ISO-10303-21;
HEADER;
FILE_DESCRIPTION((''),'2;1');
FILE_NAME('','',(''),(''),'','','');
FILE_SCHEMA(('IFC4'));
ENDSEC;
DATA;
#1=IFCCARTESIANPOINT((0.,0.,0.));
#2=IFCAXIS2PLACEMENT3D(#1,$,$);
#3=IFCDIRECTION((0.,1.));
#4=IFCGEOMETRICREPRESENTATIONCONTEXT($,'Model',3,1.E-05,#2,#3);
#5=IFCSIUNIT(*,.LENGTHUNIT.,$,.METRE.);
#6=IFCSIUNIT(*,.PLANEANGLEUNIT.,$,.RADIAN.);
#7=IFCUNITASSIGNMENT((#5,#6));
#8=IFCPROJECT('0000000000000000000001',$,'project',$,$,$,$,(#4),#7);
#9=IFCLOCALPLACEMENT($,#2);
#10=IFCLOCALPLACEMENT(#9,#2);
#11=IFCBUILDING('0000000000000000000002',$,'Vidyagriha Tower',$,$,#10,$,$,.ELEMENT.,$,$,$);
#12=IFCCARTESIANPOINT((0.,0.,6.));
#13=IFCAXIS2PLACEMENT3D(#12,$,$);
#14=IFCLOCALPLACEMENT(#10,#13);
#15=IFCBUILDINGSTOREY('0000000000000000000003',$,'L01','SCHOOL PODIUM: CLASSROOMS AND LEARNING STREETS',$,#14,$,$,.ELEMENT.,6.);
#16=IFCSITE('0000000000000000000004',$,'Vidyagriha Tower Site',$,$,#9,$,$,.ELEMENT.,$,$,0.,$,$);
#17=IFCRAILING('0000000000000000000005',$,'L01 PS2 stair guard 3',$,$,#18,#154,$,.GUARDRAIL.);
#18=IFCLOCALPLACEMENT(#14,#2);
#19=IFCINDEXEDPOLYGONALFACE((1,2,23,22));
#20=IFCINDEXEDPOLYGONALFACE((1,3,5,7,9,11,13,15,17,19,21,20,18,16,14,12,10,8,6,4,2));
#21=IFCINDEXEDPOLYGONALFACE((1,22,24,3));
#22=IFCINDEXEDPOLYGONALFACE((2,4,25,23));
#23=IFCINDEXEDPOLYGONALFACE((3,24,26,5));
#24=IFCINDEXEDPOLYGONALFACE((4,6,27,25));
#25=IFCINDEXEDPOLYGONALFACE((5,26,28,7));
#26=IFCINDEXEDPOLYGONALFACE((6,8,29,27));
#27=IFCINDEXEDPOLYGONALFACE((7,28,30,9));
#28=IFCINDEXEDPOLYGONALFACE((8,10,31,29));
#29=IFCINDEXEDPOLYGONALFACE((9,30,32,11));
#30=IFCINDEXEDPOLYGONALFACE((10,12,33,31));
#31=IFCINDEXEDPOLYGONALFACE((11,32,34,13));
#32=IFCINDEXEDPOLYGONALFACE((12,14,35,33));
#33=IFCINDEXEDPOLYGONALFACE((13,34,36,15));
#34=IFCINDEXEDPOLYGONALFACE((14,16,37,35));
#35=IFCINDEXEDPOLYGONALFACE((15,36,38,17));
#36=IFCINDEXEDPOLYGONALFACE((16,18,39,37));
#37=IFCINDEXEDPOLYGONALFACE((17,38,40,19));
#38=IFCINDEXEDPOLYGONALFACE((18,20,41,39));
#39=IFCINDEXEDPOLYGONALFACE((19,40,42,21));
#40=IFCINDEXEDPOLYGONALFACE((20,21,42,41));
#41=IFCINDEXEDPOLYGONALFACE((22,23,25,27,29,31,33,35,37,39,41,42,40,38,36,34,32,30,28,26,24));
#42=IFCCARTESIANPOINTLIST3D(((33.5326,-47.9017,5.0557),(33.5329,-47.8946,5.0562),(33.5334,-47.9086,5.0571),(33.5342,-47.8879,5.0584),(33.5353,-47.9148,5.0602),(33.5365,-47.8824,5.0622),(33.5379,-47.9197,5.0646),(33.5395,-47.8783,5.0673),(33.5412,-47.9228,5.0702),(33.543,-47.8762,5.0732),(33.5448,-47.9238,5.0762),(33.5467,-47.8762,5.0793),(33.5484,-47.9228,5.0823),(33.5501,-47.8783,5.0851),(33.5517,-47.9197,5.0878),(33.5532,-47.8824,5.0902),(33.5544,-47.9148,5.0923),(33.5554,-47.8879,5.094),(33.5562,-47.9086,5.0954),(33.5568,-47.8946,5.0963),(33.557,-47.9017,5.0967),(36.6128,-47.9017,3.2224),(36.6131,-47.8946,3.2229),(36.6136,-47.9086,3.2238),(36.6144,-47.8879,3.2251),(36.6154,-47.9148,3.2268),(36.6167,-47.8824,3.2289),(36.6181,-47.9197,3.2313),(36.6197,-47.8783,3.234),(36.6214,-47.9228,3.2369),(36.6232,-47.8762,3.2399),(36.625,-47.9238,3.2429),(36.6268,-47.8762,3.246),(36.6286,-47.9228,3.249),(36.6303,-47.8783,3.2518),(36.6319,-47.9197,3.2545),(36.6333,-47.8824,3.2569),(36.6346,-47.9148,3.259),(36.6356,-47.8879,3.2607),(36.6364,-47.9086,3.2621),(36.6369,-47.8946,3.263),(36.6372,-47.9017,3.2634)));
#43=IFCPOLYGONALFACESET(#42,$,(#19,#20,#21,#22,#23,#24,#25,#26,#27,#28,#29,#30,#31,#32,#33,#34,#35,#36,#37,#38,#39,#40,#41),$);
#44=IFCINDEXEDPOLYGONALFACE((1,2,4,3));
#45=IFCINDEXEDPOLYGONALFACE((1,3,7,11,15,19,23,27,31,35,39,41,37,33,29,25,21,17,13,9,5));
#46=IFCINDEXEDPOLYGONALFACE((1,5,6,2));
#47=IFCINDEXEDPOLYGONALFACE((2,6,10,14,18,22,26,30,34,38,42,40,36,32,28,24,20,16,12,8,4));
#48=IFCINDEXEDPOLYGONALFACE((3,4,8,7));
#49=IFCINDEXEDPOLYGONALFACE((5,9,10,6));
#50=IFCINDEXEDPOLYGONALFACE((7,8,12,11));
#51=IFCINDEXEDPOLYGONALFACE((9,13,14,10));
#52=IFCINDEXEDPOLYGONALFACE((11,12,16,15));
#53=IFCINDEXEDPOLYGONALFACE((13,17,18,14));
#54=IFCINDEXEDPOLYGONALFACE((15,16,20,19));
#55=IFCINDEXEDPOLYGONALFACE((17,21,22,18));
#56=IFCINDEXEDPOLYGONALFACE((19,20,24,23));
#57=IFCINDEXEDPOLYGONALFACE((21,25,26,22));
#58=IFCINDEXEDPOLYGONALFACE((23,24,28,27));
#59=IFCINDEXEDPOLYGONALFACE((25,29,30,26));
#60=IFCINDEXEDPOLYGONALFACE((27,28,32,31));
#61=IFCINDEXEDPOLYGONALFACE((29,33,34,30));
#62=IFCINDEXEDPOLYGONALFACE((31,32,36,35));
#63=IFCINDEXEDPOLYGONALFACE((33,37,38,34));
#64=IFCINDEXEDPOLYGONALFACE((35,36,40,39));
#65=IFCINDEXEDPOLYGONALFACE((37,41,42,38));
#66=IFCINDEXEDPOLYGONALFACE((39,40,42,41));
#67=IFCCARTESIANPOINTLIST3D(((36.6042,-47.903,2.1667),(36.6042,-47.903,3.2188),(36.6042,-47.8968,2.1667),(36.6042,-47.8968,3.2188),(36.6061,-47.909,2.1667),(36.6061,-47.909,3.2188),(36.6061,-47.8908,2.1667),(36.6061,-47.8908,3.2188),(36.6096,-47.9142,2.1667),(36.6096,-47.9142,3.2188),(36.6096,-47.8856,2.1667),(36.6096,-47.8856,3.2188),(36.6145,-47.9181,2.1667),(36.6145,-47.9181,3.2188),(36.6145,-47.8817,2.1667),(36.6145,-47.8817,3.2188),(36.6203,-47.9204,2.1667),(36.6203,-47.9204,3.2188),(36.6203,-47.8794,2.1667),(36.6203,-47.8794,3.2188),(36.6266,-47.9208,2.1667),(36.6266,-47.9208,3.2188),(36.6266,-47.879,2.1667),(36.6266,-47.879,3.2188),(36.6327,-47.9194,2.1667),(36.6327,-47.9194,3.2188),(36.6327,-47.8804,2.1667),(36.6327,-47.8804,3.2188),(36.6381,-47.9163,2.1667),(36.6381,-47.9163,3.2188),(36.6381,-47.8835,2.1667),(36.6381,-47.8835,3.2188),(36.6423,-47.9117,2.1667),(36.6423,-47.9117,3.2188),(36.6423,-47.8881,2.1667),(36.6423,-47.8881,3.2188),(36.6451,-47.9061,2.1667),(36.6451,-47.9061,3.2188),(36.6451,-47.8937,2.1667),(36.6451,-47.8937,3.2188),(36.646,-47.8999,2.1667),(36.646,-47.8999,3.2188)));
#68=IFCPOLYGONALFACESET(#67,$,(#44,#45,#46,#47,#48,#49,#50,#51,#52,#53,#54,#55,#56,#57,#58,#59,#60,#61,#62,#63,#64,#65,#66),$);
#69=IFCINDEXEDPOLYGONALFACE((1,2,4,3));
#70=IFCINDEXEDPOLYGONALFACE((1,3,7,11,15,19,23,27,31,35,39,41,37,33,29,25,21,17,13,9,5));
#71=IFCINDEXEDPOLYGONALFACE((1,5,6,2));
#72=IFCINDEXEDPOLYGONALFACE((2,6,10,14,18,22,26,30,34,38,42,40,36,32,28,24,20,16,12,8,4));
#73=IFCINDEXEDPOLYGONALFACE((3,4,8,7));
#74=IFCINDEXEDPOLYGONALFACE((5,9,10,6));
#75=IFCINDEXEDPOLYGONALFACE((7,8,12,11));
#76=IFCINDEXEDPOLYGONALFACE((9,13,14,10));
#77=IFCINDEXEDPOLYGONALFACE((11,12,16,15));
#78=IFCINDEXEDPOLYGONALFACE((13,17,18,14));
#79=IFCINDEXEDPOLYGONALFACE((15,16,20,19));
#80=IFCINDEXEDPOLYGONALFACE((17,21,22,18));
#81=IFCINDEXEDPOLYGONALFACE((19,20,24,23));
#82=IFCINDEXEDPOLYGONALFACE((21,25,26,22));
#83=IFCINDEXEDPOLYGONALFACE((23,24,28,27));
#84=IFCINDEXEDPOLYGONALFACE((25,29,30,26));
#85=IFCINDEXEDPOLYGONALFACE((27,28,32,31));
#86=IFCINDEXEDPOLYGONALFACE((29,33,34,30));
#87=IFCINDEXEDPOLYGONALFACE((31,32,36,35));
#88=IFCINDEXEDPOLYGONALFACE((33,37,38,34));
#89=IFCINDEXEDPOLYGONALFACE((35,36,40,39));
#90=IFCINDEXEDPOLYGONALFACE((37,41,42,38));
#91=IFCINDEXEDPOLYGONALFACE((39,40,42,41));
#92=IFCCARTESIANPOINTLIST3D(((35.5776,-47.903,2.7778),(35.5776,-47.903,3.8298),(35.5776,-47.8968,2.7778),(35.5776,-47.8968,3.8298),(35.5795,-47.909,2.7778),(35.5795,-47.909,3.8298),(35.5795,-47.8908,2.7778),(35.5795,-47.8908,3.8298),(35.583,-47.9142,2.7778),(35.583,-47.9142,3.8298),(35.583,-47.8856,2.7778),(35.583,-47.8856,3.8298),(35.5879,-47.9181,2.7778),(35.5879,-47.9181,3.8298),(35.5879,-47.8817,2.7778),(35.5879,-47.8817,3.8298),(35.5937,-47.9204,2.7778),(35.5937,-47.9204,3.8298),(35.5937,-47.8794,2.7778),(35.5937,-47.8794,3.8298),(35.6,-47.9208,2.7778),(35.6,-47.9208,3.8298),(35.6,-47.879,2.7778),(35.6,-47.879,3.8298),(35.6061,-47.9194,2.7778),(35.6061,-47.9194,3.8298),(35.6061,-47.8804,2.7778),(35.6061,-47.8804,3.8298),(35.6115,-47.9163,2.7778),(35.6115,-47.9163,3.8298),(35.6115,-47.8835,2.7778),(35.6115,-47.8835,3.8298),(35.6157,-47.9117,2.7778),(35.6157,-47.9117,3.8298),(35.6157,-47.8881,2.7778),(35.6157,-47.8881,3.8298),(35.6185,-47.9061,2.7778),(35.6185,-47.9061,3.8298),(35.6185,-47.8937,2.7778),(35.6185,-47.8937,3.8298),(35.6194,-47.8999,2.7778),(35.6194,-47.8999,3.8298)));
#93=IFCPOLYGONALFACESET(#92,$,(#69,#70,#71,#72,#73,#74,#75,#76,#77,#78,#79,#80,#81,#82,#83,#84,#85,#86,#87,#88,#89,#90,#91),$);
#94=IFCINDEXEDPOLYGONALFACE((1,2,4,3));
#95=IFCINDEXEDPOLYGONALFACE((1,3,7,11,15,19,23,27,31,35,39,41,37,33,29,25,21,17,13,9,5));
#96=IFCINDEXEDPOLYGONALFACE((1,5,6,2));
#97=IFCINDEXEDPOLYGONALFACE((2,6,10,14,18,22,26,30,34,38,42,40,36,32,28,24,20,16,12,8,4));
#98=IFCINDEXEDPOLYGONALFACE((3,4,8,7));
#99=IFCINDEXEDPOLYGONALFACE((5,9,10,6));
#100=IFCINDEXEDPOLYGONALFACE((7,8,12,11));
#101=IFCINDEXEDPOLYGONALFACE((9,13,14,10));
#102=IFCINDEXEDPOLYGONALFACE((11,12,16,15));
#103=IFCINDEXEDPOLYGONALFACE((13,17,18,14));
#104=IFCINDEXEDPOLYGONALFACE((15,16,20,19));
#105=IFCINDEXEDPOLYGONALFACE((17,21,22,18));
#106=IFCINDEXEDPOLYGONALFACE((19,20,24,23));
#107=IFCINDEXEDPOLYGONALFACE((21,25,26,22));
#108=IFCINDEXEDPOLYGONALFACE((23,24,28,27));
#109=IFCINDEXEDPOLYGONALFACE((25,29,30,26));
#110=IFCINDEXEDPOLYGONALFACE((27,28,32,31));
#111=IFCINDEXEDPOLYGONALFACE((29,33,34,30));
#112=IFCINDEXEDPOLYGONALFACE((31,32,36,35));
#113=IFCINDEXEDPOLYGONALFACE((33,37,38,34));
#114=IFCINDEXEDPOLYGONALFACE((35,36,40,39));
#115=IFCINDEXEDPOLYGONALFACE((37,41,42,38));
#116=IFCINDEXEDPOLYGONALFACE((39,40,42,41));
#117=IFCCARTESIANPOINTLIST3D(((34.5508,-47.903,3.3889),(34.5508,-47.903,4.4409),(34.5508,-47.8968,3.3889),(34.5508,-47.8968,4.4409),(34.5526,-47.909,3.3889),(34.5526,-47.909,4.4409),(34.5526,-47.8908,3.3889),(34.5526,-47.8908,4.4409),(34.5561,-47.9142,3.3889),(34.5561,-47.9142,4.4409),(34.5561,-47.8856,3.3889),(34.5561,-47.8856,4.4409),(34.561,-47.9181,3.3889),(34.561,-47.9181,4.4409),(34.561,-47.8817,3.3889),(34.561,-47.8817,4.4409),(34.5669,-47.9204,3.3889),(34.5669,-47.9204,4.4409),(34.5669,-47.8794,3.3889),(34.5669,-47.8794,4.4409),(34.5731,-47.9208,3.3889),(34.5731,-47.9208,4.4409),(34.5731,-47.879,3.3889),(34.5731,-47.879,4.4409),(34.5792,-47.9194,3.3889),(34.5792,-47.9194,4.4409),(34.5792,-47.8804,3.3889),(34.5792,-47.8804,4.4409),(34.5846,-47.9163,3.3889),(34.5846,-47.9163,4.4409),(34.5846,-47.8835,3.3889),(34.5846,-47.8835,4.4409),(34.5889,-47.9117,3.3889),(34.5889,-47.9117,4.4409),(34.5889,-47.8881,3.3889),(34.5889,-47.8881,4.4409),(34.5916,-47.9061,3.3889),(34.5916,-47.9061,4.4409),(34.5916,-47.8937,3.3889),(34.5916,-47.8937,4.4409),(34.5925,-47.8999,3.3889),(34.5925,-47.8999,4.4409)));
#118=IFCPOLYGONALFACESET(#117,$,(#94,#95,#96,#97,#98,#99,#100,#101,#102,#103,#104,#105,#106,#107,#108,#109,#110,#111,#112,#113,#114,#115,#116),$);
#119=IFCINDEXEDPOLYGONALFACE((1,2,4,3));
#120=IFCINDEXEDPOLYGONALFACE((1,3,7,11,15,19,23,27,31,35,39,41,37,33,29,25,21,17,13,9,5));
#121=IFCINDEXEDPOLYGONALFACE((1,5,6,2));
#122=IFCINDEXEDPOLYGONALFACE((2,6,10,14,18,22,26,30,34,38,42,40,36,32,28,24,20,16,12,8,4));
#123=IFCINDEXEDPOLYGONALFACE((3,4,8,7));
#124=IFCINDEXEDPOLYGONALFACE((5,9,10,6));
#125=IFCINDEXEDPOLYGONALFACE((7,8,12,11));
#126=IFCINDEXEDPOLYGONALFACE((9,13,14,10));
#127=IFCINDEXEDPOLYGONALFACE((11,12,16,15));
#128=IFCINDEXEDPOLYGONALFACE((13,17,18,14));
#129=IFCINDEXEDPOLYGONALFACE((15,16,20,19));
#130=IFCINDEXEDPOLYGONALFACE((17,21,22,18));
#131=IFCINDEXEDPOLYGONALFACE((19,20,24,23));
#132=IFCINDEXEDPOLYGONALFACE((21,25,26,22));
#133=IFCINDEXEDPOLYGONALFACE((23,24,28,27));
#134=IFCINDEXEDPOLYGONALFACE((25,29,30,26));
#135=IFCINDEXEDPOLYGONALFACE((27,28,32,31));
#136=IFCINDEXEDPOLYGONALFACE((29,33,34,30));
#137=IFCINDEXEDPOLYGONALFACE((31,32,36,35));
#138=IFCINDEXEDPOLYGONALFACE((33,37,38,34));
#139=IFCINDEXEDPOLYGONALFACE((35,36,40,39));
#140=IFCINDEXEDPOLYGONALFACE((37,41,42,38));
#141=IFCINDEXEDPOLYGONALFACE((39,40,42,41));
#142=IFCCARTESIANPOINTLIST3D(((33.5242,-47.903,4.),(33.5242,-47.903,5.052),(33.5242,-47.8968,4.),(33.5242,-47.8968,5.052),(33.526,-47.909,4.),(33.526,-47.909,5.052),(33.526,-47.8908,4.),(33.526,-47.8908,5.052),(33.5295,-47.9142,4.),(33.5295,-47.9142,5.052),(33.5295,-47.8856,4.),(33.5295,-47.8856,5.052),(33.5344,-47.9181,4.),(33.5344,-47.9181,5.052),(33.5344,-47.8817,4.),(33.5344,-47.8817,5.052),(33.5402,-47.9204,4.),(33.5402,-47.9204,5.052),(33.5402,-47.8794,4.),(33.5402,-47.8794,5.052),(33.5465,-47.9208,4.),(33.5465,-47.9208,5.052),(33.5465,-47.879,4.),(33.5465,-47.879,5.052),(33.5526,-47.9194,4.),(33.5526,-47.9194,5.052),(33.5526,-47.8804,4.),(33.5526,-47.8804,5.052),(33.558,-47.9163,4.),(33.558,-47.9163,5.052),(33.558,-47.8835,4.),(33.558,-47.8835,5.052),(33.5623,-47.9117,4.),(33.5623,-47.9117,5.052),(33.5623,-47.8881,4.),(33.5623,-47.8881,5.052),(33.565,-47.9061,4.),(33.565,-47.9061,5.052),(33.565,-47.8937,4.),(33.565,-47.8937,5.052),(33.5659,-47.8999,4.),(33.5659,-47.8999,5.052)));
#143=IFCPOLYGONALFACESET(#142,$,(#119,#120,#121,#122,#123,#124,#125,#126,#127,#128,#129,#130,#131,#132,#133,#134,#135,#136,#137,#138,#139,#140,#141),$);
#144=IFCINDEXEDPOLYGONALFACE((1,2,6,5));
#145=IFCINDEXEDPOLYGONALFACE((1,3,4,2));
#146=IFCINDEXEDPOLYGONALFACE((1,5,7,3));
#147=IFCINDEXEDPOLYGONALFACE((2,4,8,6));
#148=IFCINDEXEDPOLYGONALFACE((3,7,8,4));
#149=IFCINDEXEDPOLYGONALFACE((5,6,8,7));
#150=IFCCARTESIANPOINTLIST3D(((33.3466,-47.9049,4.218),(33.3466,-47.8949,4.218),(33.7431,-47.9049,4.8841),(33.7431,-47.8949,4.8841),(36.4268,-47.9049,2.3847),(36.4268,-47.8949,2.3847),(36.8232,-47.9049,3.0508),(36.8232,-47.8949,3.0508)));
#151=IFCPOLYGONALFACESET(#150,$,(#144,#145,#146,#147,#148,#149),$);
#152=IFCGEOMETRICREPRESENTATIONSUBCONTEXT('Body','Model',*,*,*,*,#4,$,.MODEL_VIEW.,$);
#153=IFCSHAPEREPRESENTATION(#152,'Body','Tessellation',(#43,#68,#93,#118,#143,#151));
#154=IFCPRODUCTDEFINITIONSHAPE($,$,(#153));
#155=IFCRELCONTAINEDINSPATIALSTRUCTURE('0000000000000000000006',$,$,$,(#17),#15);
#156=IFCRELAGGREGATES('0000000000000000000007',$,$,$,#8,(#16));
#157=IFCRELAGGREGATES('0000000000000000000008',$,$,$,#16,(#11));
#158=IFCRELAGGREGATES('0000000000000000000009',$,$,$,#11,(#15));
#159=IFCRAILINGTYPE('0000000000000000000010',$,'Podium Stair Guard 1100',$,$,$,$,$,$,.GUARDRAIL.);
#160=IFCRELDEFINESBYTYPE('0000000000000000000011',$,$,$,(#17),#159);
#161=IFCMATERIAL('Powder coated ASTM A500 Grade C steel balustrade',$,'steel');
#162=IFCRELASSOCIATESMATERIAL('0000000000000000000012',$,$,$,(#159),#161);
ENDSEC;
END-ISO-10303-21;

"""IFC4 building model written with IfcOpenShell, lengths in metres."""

from ifc_helpers import new_model, si_unit, direction, frame, origin, origin_2d, place, context, subcontext, project, spatial, rectangle, circle, extrude, material, type_object, element, save


model = new_model("IFC4")

# Units and contexts
model_context = context("Model", 3, precision=1e-05, world=origin(), true_north=direction((0.0, 1.0)))
body_context = subcontext(model_context, "Body", "Model", "MODEL_VIEW")
ifc_project = project(units=[si_unit("LENGTHUNIT", "METRE"), si_unit("PLANEANGLEUNIT", "RADIAN")], contexts=[model_context])

# Site, building, storey
site_placement = place(None, origin())
site = spatial("IfcSite", under=ifc_project, at=site_placement, Name="Vidyagriha Tower Site", CompositionType="ELEMENT", RefElevation=0.0)
building_placement = place(site_placement, origin())
building = spatial("IfcBuilding", under=site, at=building_placement, Name="Vidyagriha Tower", CompositionType="ELEMENT")
storey_placement = place(building_placement, frame((0.0, 0.0, 6.0)))
storey = spatial("IfcBuildingStorey", under=building, at=storey_placement, Name="L01", Description="SCHOOL PODIUM: CLASSROOMS AND LEARNING STREETS", CompositionType="ELEMENT", Elevation=6.0)

# Railing
ifc_material_1 = material(Name="Powder coated ASTM A500 Grade C steel balustrade", Category="steel")
railing_type_1 = type_object("IfcRailingType", Name="Podium Stair Guard 1100", PredefinedType="GUARDRAIL", material=ifc_material_1)
railing_1_placement = place(storey_placement, frame((36.625, -47.8999, 2.1667)))
element("IfcRailing", 1, at=railing_1_placement, inside=storey, type_object=railing_type_1, Name="L01 PS2 stair guard 3", PredefinedType="GUARDRAIL", context=body_context, shape_type="SweptSolid", body=[
    extrude(circle(Radius=0.0239, at=origin_2d()), frame((0.0, 0.0, 1.0762), z_axis=(-0.859309, 0.0, 0.511458), x_axis=(0.0, -1.0, 0.0)), (0.0, 0.0, 1.0), 3.5845),
    extrude(circle(Radius=0.021, at=origin_2d()), origin(), (0.0, 0.0, 1.0), 1.052),
    extrude(circle(Radius=0.021, at=origin_2d()), frame((-1.0266, 0.0, 0.6111)), (0.0, 0.0, 1.0), 1.052),
    extrude(circle(Radius=0.021, at=origin_2d()), frame((-2.0535, 0.0, 1.2222)), (0.0, 0.0, 1.0), 1.052),
    extrude(circle(Radius=0.021, at=origin_2d()), frame((-3.0801, 0.0, 1.8333)), (0.0, 0.0, 1.0), 1.052),
    extrude(rectangle(XDim=0.01, YDim=0.7751, at=origin_2d()), frame((0.0, 0.0, 0.551), z_axis=(-0.859309, 0.0, 0.511458), x_axis=(0.0, -1.0, 0.0)), (0.0, 0.0, 1.0), 3.5845),
])

save(model, "model.ifc")
